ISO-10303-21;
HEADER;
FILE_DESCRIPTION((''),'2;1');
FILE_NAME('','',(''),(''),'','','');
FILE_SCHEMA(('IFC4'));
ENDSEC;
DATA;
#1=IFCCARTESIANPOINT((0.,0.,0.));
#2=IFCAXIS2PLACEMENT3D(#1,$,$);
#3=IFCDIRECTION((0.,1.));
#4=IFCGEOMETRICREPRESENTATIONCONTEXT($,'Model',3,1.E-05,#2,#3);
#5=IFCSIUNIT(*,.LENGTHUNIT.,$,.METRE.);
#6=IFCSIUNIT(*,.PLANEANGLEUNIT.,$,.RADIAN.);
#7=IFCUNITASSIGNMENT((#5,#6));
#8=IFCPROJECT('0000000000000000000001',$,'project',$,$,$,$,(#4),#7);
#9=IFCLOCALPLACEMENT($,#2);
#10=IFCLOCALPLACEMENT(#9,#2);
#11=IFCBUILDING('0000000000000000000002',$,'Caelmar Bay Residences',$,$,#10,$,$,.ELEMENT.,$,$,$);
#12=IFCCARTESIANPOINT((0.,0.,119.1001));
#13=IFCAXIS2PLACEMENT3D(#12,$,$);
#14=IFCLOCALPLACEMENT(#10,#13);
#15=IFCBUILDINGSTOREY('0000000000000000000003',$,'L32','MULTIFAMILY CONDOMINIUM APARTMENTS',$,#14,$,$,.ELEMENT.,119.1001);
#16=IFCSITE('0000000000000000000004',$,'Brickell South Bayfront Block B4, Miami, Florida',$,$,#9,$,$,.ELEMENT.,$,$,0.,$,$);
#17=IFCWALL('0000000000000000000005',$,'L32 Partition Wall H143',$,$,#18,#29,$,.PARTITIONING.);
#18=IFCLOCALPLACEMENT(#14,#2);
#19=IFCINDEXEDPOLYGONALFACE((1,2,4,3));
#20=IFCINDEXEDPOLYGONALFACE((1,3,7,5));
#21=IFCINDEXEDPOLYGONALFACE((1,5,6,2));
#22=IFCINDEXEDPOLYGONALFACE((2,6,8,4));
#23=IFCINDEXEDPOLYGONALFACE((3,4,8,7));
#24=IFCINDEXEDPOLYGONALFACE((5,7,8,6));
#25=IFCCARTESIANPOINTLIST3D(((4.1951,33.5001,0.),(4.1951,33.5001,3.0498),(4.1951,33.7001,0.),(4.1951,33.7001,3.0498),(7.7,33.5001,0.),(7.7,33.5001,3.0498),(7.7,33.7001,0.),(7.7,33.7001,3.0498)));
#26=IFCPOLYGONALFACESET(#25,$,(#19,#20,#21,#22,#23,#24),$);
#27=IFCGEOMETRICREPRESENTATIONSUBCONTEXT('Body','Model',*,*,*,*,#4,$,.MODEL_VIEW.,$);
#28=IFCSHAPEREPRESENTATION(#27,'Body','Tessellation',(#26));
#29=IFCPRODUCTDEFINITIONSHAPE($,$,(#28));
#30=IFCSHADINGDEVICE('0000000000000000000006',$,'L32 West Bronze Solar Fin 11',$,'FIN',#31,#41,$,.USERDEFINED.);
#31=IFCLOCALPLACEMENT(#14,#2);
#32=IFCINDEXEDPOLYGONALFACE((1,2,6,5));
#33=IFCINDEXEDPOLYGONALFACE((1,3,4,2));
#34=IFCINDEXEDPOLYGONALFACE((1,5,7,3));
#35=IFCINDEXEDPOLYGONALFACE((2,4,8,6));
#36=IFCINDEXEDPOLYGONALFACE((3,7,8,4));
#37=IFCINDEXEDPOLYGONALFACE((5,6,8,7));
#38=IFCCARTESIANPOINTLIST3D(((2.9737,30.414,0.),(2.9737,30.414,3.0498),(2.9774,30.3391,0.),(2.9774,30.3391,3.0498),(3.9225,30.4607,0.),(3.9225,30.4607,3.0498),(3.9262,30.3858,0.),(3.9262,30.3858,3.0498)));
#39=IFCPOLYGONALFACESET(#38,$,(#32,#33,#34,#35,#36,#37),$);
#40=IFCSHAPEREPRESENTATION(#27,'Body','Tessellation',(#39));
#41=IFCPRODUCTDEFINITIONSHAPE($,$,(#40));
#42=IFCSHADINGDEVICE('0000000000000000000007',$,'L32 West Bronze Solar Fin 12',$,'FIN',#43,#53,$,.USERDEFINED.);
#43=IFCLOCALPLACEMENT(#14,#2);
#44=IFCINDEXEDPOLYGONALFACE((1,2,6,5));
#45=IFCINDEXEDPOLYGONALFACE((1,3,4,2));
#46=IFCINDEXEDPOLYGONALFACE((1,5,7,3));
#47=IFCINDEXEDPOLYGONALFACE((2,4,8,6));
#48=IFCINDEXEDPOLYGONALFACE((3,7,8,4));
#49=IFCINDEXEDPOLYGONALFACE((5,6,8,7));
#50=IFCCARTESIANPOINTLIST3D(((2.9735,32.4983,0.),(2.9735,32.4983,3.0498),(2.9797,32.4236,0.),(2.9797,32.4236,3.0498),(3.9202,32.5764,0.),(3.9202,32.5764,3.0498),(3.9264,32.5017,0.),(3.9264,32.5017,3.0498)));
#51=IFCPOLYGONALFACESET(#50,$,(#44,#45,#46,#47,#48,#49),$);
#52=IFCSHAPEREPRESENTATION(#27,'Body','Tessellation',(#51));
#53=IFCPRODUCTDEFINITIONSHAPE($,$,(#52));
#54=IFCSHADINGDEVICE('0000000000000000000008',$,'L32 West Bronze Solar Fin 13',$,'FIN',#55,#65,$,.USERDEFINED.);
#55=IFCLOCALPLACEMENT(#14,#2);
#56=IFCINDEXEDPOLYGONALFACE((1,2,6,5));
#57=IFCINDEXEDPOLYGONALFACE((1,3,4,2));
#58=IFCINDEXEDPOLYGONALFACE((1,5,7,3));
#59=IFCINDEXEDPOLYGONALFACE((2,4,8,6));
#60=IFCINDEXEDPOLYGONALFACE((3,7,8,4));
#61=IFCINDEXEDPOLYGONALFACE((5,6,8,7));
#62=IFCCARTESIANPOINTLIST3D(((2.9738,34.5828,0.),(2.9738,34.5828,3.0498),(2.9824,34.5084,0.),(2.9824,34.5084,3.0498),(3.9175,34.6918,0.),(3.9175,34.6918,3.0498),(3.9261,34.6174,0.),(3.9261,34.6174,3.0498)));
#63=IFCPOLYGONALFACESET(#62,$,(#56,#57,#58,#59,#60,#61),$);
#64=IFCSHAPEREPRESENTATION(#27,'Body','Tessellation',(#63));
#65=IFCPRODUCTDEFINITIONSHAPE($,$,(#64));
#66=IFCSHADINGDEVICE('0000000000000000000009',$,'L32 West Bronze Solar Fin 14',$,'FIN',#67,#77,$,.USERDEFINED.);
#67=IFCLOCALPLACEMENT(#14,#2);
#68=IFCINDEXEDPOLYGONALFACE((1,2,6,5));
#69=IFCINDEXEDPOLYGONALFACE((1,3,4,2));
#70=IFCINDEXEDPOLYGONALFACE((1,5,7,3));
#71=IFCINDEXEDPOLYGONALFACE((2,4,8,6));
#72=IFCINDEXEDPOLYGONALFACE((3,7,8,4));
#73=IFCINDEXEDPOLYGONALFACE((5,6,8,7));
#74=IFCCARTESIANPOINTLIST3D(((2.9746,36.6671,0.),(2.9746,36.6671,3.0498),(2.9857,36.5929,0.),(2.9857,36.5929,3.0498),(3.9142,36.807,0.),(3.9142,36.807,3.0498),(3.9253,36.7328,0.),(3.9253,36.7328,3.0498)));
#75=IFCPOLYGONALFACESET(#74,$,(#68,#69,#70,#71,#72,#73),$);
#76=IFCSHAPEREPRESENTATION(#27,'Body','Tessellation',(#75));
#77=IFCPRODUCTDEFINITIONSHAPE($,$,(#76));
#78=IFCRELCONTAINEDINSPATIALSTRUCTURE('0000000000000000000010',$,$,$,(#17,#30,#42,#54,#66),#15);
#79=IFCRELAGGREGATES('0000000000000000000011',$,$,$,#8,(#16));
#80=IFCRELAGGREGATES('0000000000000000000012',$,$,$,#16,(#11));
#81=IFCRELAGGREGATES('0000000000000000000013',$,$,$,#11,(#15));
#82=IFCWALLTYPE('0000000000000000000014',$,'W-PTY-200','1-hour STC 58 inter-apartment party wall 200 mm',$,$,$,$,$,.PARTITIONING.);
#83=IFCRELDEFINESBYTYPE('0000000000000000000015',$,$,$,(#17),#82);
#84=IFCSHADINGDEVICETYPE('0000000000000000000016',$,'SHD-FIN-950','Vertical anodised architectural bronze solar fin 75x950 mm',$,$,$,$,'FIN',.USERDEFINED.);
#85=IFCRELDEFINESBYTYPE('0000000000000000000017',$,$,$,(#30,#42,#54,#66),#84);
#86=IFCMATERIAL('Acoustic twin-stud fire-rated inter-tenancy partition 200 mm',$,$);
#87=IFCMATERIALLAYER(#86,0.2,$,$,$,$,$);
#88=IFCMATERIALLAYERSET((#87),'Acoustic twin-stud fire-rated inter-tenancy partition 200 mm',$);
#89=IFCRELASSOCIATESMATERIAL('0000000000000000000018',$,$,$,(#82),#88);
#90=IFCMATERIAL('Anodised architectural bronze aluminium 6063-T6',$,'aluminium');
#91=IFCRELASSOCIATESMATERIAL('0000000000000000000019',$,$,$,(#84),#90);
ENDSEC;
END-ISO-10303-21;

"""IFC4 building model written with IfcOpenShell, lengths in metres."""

from ifc_helpers import new_model, si_unit, direction, frame, frame_2d, origin, origin_2d, place, context, subcontext, project, spatial, rectangle, extrude, material, layer, layer_set, material_profile, profile_set, type_object, element, save


model = new_model("IFC4")

# Units and contexts
model_context = context("Model", 3, precision=1e-05, world=origin(), true_north=direction((0.0, 1.0)))
body_context = subcontext(model_context, "Body", "Model", "MODEL_VIEW")
ifc_project = project(units=[si_unit("LENGTHUNIT", "METRE"), si_unit("PLANEANGLEUNIT", "RADIAN")], contexts=[model_context])

# Site, building, storey
site_placement = place(None, origin())
site = spatial("IfcSite", under=ifc_project, at=site_placement, Name="Brickell South Bayfront Block B4, Miami, Florida", CompositionType="ELEMENT", RefElevation=0.0)
building_placement = place(site_placement, origin())
building = spatial("IfcBuilding", under=site, at=building_placement, Name="Caelmar Bay Residences", CompositionType="ELEMENT")
storey_placement = place(building_placement, frame((0.0, 0.0, 119.1001)))
storey = spatial("IfcBuildingStorey", under=building, at=storey_placement, Name="L32", Description="MULTIFAMILY CONDOMINIUM APARTMENTS", CompositionType="ELEMENT", Elevation=119.1001)

# Wall
ifc_material_1 = material(Name="Acoustic twin-stud fire-rated inter-tenancy partition 200 mm")
ifc_layer_1 = layer(ifc_material_1, 0.2)
ifc_layer_set_1 = layer_set([ifc_layer_1], Name="Acoustic twin-stud fire-rated inter-tenancy partition 200 mm")
wall_type_1 = type_object("IfcWallType", Name="W-PTY-200", Description="1-hour STC 58 inter-apartment party wall 200 mm", PredefinedType="PARTITIONING", material=ifc_layer_set_1)
wall_1_placement = place(storey_placement, frame((4.1951, 33.6001, 0.0), z_axis=(0.0, 0.0, 1.0), x_axis=(1.0, 0.0, 0.0)))
element("IfcWall", 1, at=wall_1_placement, inside=storey, type_object=wall_type_1, Name="L32 Partition Wall H143", PredefinedType="PARTITIONING", context=body_context, shape_type="SweptSolid", body=[
    extrude(rectangle(XDim=3.5049, YDim=0.2, at=frame_2d((1.7524, 0.0))), origin(), (0.0, 0.0, 1.0), 3.0498),
])

# Shading devices
ifc_material_2 = material(Name="Anodised architectural bronze aluminium 6063-T6", Category="aluminium")
ifc_material_profile_1 = material_profile(ifc_material_2, rectangle(XDim=0.075, YDim=0.95, at=origin_2d()), Name="BRONZE-FIN-75X950")
ifc_profile_set_1 = profile_set([ifc_material_profile_1], Name="Anodised architectural bronze aluminium 6063-T6")
shading_device_type = type_object("IfcShadingDeviceType", Name="SHD-FIN-950", Description="Vertical anodised architectural bronze solar fin 75x950 mm", ElementType="FIN", PredefinedType="USERDEFINED", material=ifc_profile_set_1)
for number, where, z_axis, x_axis, name in (
    (2, (3.45, 30.3999, 0.0), (0.0, 0.0, 1.0), (-0.049198, 0.998789, 0.0), "L32 West Bronze Solar Fin 11"),
    (3, (3.45, 32.5, 0.0), (0.0, 0.0, 1.0), (-0.082112, 0.996623, 0.0), "L32 West Bronze Solar Fin 12"),
    (4, (3.45, 34.6001, 0.0), (0.0, 0.0, 1.0), (-0.114764, 0.993393, 0.0), "L32 West Bronze Solar Fin 13"),
    (5, (3.45, 36.7, 0.0), (0.0, 0.0, 1.0), (-0.147292, 0.989093, 0.0), "L32 West Bronze Solar Fin 14"),
):
    element("IfcShadingDevice", number, at=place(storey_placement, frame(where, z_axis=z_axis, x_axis=x_axis)), inside=storey, type_object=shading_device_type, Name=name, ObjectType="FIN", PredefinedType="USERDEFINED", context=body_context, shape_type="SweptSolid", body=[
        extrude(rectangle(XDim=0.075, YDim=0.95, at=origin_2d()), origin(), (0.0, 0.0, 1.0), 3.0498),
    ])

save(model, "model.ifc")
